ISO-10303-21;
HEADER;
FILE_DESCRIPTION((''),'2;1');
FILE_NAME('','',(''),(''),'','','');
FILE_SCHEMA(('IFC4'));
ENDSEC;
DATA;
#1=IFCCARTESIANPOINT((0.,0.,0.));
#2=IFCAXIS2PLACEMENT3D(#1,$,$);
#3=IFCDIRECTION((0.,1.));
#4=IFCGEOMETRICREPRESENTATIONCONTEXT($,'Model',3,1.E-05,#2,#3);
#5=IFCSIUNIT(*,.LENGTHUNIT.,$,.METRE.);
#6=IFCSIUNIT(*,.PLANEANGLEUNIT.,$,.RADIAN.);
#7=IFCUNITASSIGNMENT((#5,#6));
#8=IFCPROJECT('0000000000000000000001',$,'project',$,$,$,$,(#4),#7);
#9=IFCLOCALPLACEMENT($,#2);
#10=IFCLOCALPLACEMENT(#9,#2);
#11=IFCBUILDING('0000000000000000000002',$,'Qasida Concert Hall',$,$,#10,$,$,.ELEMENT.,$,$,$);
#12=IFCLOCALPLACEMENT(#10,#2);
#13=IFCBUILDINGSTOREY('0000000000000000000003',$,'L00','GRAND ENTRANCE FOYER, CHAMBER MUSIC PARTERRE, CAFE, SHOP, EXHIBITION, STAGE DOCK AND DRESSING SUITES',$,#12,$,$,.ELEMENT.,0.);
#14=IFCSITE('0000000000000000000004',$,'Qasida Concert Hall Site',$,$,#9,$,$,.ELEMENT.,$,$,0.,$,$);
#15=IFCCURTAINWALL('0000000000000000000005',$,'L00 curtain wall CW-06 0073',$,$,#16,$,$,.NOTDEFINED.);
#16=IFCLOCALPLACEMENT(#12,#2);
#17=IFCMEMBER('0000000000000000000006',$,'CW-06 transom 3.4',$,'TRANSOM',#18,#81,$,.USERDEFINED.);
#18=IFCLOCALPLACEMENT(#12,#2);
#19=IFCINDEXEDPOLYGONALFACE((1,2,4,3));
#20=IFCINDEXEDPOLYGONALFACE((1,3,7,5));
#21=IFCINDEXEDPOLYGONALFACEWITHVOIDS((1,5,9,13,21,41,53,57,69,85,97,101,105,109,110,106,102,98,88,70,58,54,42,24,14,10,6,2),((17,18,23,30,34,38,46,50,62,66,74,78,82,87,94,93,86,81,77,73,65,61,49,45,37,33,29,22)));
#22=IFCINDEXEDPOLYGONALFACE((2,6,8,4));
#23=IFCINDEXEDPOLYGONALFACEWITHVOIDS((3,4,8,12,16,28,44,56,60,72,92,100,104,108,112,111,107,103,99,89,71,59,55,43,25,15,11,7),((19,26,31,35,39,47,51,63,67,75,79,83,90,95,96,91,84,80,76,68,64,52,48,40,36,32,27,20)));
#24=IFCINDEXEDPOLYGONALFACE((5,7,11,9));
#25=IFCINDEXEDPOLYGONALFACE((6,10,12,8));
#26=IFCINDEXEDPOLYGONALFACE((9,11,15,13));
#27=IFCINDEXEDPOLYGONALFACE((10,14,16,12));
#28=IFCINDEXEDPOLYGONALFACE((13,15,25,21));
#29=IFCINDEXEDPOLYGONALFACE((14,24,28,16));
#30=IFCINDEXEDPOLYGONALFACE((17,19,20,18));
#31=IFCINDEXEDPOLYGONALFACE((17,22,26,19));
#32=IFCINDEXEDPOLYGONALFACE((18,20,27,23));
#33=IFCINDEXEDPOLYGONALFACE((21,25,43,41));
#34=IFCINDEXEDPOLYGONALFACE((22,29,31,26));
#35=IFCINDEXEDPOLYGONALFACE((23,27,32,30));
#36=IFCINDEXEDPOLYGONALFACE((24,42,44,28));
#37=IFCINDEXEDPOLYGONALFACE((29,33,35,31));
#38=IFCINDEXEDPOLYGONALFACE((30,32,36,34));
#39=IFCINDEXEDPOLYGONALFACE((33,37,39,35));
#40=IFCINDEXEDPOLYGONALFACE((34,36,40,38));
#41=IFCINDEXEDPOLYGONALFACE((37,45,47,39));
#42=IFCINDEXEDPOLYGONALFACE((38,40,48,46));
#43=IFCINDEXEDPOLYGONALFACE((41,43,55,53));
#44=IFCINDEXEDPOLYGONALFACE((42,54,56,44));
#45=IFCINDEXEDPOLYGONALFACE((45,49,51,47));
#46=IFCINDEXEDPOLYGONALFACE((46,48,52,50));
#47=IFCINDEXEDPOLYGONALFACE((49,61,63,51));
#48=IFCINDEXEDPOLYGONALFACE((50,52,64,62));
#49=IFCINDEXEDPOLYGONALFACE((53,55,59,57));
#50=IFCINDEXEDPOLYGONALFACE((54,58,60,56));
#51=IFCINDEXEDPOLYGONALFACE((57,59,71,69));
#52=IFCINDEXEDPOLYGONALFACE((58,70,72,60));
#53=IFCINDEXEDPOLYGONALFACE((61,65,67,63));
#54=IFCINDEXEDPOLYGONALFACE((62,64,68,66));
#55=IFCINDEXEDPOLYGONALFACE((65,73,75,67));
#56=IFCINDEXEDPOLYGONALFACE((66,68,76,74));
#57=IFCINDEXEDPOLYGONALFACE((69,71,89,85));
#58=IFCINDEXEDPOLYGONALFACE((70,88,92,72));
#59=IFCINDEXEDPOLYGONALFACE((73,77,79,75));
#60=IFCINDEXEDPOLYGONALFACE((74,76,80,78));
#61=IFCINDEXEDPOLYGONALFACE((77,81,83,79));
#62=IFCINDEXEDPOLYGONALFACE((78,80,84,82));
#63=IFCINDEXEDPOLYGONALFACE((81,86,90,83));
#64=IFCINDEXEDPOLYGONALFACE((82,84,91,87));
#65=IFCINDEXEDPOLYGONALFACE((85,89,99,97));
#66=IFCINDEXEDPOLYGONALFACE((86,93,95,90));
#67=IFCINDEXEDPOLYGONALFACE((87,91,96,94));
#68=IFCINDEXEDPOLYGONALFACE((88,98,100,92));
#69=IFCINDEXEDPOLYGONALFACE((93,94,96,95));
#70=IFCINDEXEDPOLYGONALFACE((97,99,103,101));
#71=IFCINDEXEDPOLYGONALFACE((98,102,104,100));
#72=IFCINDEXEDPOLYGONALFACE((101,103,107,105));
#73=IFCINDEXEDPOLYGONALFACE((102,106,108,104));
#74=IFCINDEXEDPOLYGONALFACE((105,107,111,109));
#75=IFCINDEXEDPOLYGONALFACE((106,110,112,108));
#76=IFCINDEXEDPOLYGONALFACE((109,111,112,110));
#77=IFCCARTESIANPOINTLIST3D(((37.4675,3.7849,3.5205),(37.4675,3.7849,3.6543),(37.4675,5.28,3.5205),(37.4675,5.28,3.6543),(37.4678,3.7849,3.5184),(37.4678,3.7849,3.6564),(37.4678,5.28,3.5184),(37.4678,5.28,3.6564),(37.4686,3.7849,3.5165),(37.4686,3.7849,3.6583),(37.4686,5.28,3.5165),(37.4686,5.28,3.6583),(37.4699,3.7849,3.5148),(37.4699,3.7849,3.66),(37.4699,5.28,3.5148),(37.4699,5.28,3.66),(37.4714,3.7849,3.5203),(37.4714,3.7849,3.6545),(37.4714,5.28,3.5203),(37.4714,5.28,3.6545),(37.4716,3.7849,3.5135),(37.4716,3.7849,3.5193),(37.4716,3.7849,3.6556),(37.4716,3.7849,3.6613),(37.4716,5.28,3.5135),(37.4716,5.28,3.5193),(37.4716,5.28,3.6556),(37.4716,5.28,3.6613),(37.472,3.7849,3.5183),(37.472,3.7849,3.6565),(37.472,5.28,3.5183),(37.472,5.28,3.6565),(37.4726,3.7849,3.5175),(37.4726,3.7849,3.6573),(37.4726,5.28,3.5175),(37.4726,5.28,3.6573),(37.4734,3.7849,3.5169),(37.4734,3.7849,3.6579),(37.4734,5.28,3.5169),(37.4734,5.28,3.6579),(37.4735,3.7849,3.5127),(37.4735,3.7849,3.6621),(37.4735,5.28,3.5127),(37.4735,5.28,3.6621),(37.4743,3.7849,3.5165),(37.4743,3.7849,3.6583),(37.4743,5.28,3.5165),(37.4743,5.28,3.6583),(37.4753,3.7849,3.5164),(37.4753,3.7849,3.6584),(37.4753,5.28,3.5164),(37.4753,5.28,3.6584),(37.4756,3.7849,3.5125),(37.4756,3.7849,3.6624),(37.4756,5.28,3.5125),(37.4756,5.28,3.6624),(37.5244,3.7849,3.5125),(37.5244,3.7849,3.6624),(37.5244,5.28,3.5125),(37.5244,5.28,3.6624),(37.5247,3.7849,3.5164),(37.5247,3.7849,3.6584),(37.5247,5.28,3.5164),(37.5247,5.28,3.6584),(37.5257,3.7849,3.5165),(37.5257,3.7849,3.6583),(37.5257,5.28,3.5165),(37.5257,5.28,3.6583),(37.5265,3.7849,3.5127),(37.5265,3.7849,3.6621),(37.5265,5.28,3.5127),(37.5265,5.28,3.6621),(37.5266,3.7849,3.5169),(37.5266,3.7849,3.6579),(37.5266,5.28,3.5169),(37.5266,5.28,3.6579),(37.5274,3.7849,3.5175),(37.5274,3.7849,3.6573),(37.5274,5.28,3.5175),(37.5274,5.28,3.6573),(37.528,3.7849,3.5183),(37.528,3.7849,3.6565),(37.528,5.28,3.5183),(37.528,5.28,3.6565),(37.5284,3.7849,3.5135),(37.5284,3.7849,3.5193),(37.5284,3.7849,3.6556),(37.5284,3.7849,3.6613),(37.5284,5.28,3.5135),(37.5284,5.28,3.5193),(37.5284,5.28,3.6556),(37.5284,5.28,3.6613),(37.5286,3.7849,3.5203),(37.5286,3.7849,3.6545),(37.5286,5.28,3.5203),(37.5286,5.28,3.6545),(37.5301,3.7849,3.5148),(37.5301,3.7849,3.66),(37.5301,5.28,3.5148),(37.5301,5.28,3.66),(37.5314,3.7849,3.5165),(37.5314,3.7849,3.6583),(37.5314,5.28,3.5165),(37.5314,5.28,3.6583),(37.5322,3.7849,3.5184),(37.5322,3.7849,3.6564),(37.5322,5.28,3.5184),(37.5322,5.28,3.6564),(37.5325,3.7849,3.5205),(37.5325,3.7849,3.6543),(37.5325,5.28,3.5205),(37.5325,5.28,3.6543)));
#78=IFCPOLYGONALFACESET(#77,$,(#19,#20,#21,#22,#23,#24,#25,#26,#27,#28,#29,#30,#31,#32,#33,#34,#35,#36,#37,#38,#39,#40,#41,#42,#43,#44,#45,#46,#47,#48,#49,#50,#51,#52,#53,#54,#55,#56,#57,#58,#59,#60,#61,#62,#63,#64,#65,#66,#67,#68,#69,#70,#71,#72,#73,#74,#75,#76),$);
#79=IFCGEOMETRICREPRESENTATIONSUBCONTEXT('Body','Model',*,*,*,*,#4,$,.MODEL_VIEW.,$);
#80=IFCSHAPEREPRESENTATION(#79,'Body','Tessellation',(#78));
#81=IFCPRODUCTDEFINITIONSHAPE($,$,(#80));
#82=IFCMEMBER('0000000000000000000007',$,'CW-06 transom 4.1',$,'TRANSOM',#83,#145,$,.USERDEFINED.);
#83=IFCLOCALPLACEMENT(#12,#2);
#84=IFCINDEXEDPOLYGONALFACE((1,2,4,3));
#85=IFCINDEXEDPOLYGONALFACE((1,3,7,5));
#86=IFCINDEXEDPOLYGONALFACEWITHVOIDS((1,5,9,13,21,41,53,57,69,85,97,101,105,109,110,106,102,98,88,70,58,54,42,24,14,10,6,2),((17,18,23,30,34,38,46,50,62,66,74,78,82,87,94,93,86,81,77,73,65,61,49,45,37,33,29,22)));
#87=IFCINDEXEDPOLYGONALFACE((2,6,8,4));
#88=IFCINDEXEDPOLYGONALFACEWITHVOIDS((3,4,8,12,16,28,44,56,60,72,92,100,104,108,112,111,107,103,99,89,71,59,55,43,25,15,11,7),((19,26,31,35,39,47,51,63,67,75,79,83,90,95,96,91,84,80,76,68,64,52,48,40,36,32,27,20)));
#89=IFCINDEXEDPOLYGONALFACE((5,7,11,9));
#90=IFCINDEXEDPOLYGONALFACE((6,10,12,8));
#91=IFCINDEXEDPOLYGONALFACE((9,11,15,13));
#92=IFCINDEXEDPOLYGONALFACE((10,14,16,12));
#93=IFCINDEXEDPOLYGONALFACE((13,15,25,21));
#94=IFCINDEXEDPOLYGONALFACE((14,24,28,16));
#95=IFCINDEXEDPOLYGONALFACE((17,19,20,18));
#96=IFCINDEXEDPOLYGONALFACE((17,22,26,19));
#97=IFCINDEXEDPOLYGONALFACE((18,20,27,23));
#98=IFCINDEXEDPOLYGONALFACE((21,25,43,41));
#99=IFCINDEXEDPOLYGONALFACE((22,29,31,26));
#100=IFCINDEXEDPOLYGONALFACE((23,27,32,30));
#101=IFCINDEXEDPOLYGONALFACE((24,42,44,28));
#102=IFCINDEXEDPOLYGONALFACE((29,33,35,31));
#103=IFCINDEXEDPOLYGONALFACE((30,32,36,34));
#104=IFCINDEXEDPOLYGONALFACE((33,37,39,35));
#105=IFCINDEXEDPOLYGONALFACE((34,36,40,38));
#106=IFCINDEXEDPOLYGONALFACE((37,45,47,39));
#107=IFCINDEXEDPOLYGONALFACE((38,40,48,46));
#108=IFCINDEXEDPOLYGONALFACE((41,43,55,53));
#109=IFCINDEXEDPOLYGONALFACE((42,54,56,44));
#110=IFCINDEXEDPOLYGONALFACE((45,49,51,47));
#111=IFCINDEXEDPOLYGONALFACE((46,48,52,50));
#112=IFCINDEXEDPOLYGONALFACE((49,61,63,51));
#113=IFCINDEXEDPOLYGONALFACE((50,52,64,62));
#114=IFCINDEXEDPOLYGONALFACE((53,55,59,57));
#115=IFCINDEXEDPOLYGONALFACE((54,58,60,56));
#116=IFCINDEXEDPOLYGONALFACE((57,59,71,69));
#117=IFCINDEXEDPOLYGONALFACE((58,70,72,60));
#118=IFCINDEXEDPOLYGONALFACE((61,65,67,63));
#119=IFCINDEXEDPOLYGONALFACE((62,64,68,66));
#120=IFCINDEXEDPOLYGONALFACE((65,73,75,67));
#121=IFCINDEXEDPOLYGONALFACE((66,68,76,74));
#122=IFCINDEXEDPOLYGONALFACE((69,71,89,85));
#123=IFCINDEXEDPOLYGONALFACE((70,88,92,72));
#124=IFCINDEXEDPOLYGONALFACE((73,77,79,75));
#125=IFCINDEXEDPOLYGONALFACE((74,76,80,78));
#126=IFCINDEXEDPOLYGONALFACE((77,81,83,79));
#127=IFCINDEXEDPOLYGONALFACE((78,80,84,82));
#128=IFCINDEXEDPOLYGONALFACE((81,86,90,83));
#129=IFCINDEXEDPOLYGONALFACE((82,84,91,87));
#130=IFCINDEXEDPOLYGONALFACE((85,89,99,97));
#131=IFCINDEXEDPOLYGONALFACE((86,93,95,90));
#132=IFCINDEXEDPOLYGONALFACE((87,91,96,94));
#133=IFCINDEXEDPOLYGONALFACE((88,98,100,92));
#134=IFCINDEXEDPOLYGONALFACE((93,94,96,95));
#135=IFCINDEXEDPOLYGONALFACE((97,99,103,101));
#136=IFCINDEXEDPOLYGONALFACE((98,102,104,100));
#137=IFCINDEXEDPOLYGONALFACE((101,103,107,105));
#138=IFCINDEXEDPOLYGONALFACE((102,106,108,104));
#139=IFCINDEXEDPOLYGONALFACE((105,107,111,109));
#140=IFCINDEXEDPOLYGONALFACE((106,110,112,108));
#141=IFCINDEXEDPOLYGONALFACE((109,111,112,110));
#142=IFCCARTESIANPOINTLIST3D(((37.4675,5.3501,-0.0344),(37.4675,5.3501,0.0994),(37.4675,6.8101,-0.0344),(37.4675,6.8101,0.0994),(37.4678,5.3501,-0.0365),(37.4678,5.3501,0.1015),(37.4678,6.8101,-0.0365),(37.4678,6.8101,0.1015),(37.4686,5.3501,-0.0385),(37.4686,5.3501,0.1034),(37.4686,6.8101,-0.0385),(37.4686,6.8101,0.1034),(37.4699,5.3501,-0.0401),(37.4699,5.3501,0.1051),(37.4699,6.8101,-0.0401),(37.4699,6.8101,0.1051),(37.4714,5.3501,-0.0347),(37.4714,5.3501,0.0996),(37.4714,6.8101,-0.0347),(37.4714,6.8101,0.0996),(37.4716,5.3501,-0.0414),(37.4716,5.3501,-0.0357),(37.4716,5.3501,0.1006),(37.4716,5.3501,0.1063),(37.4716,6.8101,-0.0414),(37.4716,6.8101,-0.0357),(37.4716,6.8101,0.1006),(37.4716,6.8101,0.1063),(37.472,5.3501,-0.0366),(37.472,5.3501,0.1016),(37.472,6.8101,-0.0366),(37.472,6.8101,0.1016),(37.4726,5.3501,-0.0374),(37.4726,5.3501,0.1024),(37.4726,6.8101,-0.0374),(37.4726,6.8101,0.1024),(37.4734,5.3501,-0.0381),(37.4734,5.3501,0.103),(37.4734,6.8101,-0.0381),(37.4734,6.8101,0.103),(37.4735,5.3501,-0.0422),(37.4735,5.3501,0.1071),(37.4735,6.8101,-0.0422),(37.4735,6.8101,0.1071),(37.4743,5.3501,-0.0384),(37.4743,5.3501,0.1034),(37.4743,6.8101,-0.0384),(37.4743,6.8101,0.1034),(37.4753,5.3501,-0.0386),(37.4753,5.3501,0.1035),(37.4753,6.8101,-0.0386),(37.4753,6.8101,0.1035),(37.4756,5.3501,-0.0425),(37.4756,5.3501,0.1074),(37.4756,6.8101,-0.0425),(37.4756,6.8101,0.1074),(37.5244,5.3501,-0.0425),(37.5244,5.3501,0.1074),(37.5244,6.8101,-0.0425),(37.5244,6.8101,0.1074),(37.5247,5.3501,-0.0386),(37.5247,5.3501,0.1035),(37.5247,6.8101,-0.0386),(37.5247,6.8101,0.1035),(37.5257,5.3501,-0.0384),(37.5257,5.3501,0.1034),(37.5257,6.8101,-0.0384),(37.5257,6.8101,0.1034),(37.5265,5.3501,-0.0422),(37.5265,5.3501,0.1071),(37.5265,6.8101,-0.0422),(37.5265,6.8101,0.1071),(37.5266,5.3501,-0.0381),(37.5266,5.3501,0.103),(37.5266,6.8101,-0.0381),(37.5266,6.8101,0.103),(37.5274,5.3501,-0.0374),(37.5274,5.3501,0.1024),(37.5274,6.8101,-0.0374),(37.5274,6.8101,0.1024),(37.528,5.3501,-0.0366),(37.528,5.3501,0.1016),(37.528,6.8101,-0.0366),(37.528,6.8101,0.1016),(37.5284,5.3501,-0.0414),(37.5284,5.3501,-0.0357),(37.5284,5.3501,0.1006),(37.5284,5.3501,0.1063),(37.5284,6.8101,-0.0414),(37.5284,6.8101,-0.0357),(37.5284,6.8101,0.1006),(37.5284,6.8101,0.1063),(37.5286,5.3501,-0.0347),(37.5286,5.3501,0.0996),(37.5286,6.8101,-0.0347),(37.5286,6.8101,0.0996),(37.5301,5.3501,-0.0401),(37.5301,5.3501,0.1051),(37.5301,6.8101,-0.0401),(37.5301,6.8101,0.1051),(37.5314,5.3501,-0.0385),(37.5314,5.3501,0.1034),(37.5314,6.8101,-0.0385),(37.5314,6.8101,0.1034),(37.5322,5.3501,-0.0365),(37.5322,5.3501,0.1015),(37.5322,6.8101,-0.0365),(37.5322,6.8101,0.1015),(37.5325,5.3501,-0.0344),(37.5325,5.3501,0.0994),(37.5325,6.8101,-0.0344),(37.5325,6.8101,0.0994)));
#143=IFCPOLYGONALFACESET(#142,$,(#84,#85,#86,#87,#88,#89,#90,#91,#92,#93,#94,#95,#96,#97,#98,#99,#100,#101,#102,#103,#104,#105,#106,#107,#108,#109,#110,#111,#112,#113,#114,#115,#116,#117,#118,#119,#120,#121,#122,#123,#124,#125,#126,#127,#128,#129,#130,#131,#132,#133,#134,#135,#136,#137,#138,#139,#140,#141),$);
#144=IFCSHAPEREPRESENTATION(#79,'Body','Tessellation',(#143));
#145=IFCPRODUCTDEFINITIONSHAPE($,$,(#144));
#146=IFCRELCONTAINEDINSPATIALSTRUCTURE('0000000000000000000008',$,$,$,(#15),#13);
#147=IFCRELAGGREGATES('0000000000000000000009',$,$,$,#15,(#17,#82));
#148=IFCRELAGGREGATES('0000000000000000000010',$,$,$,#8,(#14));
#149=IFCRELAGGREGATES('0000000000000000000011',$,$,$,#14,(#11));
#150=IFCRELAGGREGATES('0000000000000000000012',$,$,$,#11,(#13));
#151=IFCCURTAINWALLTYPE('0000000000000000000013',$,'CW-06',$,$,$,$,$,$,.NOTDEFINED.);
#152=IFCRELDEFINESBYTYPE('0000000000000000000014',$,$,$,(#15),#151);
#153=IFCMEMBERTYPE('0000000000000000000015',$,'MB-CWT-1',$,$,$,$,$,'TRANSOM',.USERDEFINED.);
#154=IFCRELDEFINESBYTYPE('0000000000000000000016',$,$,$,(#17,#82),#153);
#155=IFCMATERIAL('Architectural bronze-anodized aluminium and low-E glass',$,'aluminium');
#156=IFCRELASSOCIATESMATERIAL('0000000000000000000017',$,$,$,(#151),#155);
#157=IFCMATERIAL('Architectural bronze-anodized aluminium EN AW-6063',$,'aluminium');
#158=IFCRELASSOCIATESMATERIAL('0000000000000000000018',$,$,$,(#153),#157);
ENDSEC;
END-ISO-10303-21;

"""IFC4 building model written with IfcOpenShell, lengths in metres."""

from ifc_helpers import new_model, si_unit, direction, frame, origin, origin_2d, place, context, subcontext, project, spatial, hollow_rectangle, extrude, material, material_profile, profile_set, type_object, element, aggregate, save


model = new_model("IFC4")

# Units and contexts
model_context = context("Model", 3, precision=1e-05, world=origin(), true_north=direction((0.0, 1.0)))
body_context = subcontext(model_context, "Body", "Model", "MODEL_VIEW")
ifc_project = project(units=[si_unit("LENGTHUNIT", "METRE"), si_unit("PLANEANGLEUNIT", "RADIAN")], contexts=[model_context])

# Site, building, storey
site_placement = place(None, origin())
site = spatial("IfcSite", under=ifc_project, at=site_placement, Name="Qasida Concert Hall Site", CompositionType="ELEMENT", RefElevation=0.0)
building_placement = place(site_placement, origin())
building = spatial("IfcBuilding", under=site, at=building_placement, Name="Qasida Concert Hall", CompositionType="ELEMENT")
storey_placement = place(building_placement, origin())
storey = spatial("IfcBuildingStorey", under=building, at=storey_placement, Name="L00", Description="GRAND ENTRANCE FOYER, CHAMBER MUSIC PARTERRE, CAFE, SHOP, EXHIBITION, STAGE DOCK AND DRESSING SUITES", CompositionType="ELEMENT", Elevation=0.0)

# Curtain wall
ifc_material_1 = material(Name="Architectural bronze-anodized aluminium and low-E glass", Category="aluminium")
curtain_wall_type = type_object("IfcCurtainWallType", Name="CW-06", PredefinedType="NOTDEFINED", material=ifc_material_1)
curtain_wall_1_placement = place(storey_placement, origin())
curtain_wall_1 = element("IfcCurtainWall", 1, at=curtain_wall_1_placement, inside=storey, type_object=curtain_wall_type, Name="L00 curtain wall CW-06 0073", PredefinedType="NOTDEFINED")
ifc_material_2 = material(Name="Architectural bronze-anodized aluminium EN AW-6063", Category="aluminium")

# Members
ifc_material_profile_1 = material_profile(ifc_material_2, hollow_rectangle(XDim=0.0649, YDim=0.1499, WallThickness=0.0039, InnerFilletRadius=0.0039, OuterFilletRadius=0.0081, at=origin_2d()), Name="CWT 150x65x4")
ifc_profile_set_1 = profile_set([ifc_material_profile_1], Name="Architectural bronze-anodized aluminium EN AW-6063")
member_type_1 = type_object("IfcMemberType", Name="MB-CWT-1", ElementType="TRANSOM", PredefinedType="USERDEFINED", material=ifc_profile_set_1)
member_1_placement = place(storey_placement, frame((37.5, 3.7849, 3.5874), z_axis=(0.0, 1.0, 0.0), x_axis=(-1.0, 0.0, 0.0)))
member_1 = element("IfcMember", 2, at=member_1_placement, type_object=member_type_1, Name="CW-06 transom 3.4", ObjectType="TRANSOM", PredefinedType="USERDEFINED", context=body_context, shape_type="SweptSolid", body=[
    extrude(hollow_rectangle(XDim=0.0649, YDim=0.1499, WallThickness=0.0039, InnerFilletRadius=0.0039, OuterFilletRadius=0.0081, at=origin_2d()), origin(), (0.0, 0.0, 1.0), 1.4951),
])
member_2_placement = place(storey_placement, frame((37.5, 5.3501, 0.0325), z_axis=(0.0, 1.0, 0.0), x_axis=(-1.0, 0.0, 0.0)))
member_2 = element("IfcMember", 3, at=member_2_placement, type_object=member_type_1, Name="CW-06 transom 4.1", ObjectType="TRANSOM", PredefinedType="USERDEFINED", context=body_context, shape_type="SweptSolid", body=[
    extrude(hollow_rectangle(XDim=0.0649, YDim=0.1499, WallThickness=0.0039, InnerFilletRadius=0.0039, OuterFilletRadius=0.0081, at=origin_2d()), origin(), (0.0, 0.0, 1.0), 1.46),
])

aggregate(curtain_wall_1, [member_1, member_2])

save(model, "model.ifc")
